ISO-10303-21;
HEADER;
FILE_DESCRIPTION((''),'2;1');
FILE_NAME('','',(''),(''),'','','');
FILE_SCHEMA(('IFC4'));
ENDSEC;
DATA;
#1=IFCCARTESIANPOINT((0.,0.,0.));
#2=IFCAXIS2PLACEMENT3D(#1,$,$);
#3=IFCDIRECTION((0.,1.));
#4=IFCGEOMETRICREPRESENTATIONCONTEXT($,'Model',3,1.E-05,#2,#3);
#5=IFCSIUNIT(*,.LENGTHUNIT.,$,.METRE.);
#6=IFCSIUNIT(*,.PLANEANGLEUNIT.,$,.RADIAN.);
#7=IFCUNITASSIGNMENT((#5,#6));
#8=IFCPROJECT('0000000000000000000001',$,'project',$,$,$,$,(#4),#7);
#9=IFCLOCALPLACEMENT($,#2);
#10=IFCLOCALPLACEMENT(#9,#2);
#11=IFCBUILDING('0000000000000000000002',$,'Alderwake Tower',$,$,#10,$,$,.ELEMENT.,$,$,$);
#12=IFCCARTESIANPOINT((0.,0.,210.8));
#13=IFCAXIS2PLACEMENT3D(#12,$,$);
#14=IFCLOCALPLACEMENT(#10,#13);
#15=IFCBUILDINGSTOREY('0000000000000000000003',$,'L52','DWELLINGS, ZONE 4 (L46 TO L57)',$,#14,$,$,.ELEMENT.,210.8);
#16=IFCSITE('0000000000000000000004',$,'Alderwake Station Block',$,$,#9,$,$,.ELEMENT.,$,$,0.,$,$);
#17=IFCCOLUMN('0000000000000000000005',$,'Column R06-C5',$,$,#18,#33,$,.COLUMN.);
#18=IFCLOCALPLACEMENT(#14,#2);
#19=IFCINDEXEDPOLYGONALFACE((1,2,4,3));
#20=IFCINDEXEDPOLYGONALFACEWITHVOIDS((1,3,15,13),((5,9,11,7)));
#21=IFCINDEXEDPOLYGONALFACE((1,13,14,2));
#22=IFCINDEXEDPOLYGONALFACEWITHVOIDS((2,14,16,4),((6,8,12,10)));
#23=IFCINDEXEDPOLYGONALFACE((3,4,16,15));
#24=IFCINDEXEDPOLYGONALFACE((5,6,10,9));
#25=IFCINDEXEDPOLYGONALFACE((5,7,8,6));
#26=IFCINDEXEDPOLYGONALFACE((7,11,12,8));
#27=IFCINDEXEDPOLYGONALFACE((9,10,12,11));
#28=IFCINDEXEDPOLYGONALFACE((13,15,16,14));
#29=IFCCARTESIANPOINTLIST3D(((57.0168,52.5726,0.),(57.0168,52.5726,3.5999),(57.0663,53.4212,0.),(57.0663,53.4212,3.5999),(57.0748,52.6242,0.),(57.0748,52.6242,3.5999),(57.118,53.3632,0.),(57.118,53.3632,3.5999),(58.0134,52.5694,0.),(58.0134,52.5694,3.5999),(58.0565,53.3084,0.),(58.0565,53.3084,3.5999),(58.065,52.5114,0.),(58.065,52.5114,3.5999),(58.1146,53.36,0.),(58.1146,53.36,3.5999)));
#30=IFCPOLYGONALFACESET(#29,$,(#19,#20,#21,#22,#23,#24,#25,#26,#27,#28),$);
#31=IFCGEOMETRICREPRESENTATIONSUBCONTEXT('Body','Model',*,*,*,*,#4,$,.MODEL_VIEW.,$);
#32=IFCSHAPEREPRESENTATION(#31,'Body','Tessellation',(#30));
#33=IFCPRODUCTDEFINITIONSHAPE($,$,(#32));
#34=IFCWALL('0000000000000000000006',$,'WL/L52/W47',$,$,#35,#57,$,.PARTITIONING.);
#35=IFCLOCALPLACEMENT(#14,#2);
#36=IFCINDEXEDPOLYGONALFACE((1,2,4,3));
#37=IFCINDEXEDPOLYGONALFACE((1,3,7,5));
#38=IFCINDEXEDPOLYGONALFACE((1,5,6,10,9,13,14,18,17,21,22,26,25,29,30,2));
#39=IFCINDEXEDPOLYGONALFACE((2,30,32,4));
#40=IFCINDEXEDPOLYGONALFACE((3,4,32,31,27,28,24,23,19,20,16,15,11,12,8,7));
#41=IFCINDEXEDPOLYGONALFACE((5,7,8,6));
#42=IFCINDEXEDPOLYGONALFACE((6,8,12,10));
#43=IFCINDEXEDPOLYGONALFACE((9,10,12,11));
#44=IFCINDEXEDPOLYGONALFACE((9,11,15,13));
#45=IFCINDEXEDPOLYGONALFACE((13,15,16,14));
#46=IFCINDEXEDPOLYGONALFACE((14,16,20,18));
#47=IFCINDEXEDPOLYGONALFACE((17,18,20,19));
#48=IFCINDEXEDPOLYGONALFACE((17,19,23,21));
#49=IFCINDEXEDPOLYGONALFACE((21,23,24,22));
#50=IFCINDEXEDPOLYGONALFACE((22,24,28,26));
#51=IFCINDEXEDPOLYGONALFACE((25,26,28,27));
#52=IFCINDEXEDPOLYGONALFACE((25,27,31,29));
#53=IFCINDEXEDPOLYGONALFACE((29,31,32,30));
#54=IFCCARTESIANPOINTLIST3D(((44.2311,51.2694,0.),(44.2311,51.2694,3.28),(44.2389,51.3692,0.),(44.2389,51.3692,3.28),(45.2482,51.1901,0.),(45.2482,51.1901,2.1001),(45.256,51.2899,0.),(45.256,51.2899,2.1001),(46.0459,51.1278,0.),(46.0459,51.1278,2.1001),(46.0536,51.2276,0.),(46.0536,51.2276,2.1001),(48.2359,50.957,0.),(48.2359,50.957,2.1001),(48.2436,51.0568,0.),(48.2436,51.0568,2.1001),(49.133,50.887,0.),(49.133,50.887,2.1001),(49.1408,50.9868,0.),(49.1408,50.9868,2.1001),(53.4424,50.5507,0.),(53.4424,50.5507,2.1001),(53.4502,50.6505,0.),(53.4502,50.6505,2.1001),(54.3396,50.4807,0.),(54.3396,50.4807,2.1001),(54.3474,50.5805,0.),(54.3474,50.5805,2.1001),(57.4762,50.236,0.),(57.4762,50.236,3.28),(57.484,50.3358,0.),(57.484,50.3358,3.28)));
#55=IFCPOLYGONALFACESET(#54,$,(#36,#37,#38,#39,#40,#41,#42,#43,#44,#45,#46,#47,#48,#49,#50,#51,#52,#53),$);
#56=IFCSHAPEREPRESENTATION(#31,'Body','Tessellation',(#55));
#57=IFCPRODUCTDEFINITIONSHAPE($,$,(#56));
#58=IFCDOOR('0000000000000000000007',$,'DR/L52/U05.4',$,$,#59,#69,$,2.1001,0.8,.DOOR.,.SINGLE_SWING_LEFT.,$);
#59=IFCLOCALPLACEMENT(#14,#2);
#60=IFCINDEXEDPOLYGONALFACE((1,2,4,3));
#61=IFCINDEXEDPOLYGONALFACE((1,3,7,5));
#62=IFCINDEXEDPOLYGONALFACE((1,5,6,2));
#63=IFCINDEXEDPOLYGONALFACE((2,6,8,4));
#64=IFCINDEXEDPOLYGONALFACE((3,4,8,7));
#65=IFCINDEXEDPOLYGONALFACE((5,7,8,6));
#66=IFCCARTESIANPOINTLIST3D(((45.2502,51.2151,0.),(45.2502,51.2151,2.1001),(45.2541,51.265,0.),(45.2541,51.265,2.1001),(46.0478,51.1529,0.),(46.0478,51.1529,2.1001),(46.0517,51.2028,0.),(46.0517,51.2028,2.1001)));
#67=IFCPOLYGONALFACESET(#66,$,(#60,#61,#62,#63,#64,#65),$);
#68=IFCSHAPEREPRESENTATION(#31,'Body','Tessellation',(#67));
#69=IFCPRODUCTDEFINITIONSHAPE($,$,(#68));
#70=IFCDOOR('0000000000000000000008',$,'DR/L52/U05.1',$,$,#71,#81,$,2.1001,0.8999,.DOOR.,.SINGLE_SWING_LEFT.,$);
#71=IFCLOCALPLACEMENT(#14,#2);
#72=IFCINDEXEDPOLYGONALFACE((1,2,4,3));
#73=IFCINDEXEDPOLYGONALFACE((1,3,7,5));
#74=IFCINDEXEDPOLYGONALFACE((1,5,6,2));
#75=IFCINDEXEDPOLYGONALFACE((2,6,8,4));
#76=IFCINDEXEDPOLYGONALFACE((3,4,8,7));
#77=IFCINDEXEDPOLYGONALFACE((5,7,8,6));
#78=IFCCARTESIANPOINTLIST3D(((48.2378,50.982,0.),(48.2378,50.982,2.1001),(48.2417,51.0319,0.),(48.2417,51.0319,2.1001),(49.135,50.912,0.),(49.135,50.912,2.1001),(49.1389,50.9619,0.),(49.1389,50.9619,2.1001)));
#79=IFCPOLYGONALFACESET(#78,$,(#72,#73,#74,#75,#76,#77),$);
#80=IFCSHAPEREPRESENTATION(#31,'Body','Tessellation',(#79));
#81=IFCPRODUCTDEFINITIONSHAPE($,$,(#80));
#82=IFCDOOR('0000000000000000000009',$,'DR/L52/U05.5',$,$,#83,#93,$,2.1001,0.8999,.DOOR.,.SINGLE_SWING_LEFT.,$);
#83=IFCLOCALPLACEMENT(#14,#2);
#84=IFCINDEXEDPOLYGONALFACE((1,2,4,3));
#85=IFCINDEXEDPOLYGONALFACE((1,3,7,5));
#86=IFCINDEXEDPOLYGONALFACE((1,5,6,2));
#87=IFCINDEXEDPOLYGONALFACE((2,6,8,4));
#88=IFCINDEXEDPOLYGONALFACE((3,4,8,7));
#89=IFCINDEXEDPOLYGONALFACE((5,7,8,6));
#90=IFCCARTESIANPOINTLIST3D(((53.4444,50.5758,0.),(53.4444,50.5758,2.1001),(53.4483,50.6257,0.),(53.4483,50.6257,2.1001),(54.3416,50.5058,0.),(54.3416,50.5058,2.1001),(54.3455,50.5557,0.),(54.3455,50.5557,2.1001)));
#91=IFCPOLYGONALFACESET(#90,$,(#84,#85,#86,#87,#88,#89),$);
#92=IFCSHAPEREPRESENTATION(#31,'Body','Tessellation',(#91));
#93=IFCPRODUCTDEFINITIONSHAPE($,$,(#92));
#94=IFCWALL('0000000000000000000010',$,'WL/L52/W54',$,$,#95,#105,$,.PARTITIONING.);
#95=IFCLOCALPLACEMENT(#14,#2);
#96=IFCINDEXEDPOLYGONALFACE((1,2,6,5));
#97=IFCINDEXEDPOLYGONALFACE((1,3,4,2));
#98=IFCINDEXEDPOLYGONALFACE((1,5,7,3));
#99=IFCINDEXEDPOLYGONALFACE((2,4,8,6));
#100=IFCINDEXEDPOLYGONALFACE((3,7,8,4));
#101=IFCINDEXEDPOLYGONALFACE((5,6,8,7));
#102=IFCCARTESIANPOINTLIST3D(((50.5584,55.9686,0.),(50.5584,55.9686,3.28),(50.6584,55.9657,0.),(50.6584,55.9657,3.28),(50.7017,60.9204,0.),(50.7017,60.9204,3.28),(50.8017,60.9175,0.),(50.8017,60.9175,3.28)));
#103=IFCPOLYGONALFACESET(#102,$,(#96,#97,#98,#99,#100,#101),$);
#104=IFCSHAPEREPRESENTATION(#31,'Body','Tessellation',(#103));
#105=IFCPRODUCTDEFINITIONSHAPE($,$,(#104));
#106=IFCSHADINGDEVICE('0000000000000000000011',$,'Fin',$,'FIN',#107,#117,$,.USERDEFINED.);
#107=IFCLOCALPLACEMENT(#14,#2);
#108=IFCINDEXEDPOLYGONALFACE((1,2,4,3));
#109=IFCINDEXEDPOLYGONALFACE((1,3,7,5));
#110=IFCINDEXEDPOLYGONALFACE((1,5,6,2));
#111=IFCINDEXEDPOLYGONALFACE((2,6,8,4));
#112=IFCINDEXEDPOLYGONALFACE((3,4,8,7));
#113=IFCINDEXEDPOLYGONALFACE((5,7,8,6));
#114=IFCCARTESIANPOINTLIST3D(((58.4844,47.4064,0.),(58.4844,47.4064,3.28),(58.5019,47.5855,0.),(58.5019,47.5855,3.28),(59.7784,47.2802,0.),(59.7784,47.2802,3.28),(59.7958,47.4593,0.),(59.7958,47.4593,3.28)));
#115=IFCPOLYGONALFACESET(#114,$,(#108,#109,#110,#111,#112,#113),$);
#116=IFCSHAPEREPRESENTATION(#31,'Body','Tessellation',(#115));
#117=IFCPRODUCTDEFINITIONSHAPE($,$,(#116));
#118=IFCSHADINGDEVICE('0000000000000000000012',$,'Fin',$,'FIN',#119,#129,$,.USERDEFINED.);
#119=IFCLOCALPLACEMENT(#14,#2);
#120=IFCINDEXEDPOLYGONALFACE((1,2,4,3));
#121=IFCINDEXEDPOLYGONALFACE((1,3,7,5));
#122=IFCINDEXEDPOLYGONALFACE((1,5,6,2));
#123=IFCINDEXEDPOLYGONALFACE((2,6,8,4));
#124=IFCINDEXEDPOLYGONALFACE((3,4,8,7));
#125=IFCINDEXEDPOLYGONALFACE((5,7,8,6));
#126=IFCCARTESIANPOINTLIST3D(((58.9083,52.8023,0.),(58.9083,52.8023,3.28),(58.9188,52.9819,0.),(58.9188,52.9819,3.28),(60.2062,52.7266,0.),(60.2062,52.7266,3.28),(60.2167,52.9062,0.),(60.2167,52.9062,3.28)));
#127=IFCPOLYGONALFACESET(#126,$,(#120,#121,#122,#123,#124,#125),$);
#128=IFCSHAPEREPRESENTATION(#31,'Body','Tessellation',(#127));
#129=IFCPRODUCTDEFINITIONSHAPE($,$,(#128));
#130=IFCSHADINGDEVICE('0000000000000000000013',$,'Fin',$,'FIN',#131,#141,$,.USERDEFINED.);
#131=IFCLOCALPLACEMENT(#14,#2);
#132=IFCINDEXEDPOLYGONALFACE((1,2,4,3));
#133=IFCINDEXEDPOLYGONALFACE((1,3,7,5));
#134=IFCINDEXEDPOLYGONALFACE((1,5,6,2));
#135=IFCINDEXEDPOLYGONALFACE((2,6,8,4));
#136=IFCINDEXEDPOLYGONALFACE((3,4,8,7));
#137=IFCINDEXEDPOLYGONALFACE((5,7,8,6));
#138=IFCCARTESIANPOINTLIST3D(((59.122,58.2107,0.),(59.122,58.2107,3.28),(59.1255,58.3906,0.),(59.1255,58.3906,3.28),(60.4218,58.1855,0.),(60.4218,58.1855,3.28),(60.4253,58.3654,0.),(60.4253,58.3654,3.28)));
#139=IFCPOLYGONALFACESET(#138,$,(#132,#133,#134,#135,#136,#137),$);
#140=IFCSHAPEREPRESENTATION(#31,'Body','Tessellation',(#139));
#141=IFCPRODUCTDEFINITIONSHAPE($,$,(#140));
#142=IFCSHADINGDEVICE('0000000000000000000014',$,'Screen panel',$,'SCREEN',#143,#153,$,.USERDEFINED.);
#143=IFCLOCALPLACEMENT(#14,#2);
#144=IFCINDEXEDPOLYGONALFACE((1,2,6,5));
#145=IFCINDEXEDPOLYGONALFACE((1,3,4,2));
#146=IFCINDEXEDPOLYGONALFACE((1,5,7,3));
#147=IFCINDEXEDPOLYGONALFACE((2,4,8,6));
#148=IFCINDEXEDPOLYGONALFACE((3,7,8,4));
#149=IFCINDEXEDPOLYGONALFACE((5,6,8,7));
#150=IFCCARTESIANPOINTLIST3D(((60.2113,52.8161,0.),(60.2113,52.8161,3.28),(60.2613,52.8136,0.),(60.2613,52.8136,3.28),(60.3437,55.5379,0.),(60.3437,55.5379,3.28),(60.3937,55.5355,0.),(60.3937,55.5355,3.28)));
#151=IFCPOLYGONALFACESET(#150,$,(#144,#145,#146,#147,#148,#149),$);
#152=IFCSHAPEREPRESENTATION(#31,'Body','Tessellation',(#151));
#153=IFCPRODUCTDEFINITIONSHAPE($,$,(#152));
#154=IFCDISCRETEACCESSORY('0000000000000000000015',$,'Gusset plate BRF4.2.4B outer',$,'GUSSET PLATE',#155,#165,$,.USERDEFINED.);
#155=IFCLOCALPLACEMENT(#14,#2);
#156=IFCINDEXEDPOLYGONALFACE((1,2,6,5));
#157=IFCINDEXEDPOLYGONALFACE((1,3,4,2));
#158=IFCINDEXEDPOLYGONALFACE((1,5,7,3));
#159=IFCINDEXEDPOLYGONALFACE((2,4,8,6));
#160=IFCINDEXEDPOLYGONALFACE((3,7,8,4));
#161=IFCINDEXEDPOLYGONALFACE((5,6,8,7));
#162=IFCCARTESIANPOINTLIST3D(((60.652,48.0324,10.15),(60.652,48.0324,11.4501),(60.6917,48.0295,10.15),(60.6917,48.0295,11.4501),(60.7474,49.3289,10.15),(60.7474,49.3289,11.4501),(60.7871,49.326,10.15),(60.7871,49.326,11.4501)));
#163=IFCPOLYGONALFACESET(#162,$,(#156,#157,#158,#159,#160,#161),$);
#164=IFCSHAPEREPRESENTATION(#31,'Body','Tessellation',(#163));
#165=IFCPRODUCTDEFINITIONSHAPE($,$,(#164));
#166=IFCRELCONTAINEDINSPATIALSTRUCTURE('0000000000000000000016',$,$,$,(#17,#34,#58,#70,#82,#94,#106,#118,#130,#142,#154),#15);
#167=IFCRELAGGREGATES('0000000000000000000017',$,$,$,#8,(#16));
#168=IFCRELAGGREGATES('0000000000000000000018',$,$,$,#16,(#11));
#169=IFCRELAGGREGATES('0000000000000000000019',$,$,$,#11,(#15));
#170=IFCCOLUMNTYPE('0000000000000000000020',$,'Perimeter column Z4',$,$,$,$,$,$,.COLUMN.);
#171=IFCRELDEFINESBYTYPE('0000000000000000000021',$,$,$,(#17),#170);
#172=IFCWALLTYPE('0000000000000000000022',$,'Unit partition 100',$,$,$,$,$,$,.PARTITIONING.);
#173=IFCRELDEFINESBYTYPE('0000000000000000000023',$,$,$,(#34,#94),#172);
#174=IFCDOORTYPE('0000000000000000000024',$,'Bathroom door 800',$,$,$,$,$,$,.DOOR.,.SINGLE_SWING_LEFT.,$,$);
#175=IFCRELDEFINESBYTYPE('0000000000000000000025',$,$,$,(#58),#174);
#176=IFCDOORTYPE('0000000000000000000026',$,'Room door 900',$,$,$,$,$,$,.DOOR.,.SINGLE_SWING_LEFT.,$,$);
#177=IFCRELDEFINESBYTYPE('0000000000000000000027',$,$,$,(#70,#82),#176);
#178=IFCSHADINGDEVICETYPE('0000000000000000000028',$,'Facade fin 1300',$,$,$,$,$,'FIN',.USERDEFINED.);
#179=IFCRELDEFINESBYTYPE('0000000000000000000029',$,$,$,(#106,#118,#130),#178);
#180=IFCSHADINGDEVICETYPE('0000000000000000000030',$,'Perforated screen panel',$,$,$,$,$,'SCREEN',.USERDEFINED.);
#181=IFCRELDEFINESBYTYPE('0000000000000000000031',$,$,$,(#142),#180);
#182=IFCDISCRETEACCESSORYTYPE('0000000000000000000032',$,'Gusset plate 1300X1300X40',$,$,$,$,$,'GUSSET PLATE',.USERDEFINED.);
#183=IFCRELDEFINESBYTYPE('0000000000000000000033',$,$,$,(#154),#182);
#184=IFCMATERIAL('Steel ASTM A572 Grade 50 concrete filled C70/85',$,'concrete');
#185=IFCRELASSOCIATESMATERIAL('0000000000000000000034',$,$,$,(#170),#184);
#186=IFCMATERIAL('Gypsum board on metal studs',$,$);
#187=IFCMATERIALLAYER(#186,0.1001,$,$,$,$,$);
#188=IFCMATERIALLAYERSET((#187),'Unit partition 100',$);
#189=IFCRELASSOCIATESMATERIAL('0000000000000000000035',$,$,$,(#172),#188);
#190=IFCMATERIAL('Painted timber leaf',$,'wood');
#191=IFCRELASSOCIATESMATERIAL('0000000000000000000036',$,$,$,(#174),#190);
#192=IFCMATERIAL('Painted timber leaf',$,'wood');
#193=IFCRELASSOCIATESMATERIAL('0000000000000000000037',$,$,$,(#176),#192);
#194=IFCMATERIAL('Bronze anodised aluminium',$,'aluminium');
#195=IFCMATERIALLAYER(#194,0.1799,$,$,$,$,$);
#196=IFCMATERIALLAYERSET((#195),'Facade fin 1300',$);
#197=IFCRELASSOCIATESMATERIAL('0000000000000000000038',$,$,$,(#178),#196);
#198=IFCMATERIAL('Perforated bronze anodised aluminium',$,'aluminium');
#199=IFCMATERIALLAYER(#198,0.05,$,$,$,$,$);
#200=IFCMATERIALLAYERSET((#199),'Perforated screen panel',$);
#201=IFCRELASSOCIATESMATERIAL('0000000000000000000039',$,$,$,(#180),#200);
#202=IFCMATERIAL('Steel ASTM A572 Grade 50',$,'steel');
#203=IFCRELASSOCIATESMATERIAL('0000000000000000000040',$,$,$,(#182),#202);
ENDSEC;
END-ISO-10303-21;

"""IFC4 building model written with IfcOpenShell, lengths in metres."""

from ifc_helpers import new_model, si_unit, direction, frame, frame_2d, origin, origin_2d, place, context, subcontext, project, spatial, rectangle, hollow_rectangle, extrude, material, layer, layer_set, material_profile, profile_set, type_object, element, fill, save


model = new_model("IFC4")

# Units and contexts
model_context = context("Model", 3, precision=1e-05, world=origin(), true_north=direction((0.0, 1.0)))
body_context = subcontext(model_context, "Body", "Model", "MODEL_VIEW")
ifc_project = project(units=[si_unit("LENGTHUNIT", "METRE"), si_unit("PLANEANGLEUNIT", "RADIAN")], contexts=[model_context])

# Site, building, storey
site_placement = place(None, origin())
site = spatial("IfcSite", under=ifc_project, at=site_placement, Name="Alderwake Station Block", CompositionType="ELEMENT", RefElevation=0.0)
building_placement = place(site_placement, origin())
building = spatial("IfcBuilding", under=site, at=building_placement, Name="Alderwake Tower", CompositionType="ELEMENT")
storey_placement = place(building_placement, frame((0.0, 0.0, 210.8)))
storey = spatial("IfcBuildingStorey", under=building, at=storey_placement, Name="L52", Description="DWELLINGS, ZONE 4 (L46 TO L57)", CompositionType="ELEMENT", Elevation=210.8)

# Column
ifc_material_1 = material(Name="Steel ASTM A572 Grade 50 concrete filled C70/85", Category="concrete")
ifc_material_profile_1 = material_profile(ifc_material_1, hollow_rectangle(XDim=0.8501, YDim=1.05, WallThickness=0.0549, at=origin_2d()), Name="BOX 1050X850X55")
ifc_profile_set_1 = profile_set([ifc_material_profile_1], Name="Steel ASTM A572 Grade 50 concrete filled C70/85")
column_type = type_object("IfcColumnType", Name="Perimeter column Z4", PredefinedType="COLUMN", material=ifc_profile_set_1)
column_placement = place(storey_placement, frame((57.5657, 52.9663, 0.0), z_axis=(0.0, 0.0, 1.0), x_axis=(0.058301, 0.998299, 0.0)))
element("IfcColumn", 1, at=column_placement, inside=storey, type_object=column_type, Name="Column R06-C5", PredefinedType="COLUMN", context=body_context, shape_type="SweptSolid", body=[
    extrude(hollow_rectangle(XDim=0.8501, YDim=1.05, WallThickness=0.0549, at=origin_2d()), origin(), (0.0, 0.0, 1.0), 3.5999),
])

# Wall, openings, doors
ifc_material_2 = material(Name="Gypsum board on metal studs")
ifc_layer_1 = layer(ifc_material_2, 0.1001)
ifc_layer_set_1 = layer_set([ifc_layer_1], Name="Unit partition 100")
wall_type_1 = type_object("IfcWallType", Name="Unit partition 100", PredefinedType="PARTITIONING", material=ifc_layer_set_1)
wall_1_placement = place(storey_placement, frame((57.48, 50.2859, 0.0), z_axis=(0.0, 0.0, 1.0), x_axis=(-0.99697, 0.077788, 0.0)))
wall_1 = element("IfcWall", 2, at=wall_1_placement, inside=storey, type_object=wall_type_1, Name="WL/L52/W47", PredefinedType="PARTITIONING", context=body_context, shape_type="SweptSolid", body=[
    extrude(rectangle(XDim=13.2854, YDim=0.1001, at=frame_2d((6.6426, 0.0))), origin(), (0.0, 0.0, 1.0), 3.28),
])
opening_1_placement = place(wall_1_placement, frame((8.3684, 0.0, 0.0)))
opening_1 = element("IfcOpeningElement", 3, at=opening_1_placement, cuts=wall_1, PredefinedType="OPENING", context=body_context, shape_type="SweptSolid", body=[
    extrude(rectangle(XDim=0.8999, YDim=2.1001, at=frame_2d((0.45, 1.05))), frame((0.0, 0.0601, 0.0), z_axis=(0.0, -1.0, 0.0), x_axis=(1.0, 0.0, 0.0)), (0.0, 0.0, 1.0), 0.1201),
])
opening_2_placement = place(wall_1_placement, frame((11.4651, 0.0, 0.0)))
opening_2 = element("IfcOpeningElement", 4, at=opening_2_placement, cuts=wall_1, PredefinedType="OPENING", context=body_context, shape_type="SweptSolid", body=[
    extrude(rectangle(XDim=0.8, YDim=2.1001, at=frame_2d((0.3999, 1.05))), frame((0.0, 0.0601, 0.0), z_axis=(0.0, -1.0, 0.0), x_axis=(1.0, 0.0, 0.0)), (0.0, 0.0, 1.0), 0.1201),
])
opening_3_placement = place(wall_1_placement, frame((3.146, 0.0, 0.0)))
opening_3 = element("IfcOpeningElement", 5, at=opening_3_placement, cuts=wall_1, PredefinedType="OPENING", context=body_context, shape_type="SweptSolid", body=[
    extrude(rectangle(XDim=0.8999, YDim=2.1001, at=frame_2d((0.45, 1.05))), frame((0.0, 0.0601, 0.0), z_axis=(0.0, -1.0, 0.0), x_axis=(1.0, 0.0, 0.0)), (0.0, 0.0, 1.0), 0.1201),
])
ifc_material_3 = material(Name="Painted timber leaf", Category="wood")
door_type_1 = type_object("IfcDoorType", Name="Bathroom door 800", OperationType="SINGLE_SWING_LEFT", PredefinedType="DOOR", material=ifc_material_3)
door_1_placement = place(opening_2_placement, origin())
door_1 = element("IfcDoor", 6, at=door_1_placement, inside=storey, type_object=door_type_1, Name="DR/L52/U05.4", OperationType="SINGLE_SWING_LEFT", OverallHeight=2.1001, OverallWidth=0.8, PredefinedType="DOOR", context=body_context, shape_type="SweptSolid", body=[
    extrude(rectangle(XDim=0.8, YDim=2.1001, at=frame_2d((0.3999, 1.05))), frame((0.0, 0.0249, 0.0), z_axis=(0.0, -1.0, 0.0), x_axis=(1.0, 0.0, 0.0)), (0.0, 0.0, 1.0), 0.05),
])
fill(opening_2, door_1)
ifc_material_4 = material(Name="Painted timber leaf", Category="wood")
door_type_2 = type_object("IfcDoorType", Name="Room door 900", OperationType="SINGLE_SWING_LEFT", PredefinedType="DOOR", material=ifc_material_4)
door_2_placement = place(opening_1_placement, origin())
door_2 = element("IfcDoor", 7, at=door_2_placement, inside=storey, type_object=door_type_2, Name="DR/L52/U05.1", OperationType="SINGLE_SWING_LEFT", OverallHeight=2.1001, OverallWidth=0.8999, PredefinedType="DOOR", context=body_context, shape_type="SweptSolid", body=[
    extrude(rectangle(XDim=0.8999, YDim=2.1001, at=frame_2d((0.45, 1.05))), frame((0.0, 0.0249, 0.0), z_axis=(0.0, -1.0, 0.0), x_axis=(1.0, 0.0, 0.0)), (0.0, 0.0, 1.0), 0.05),
])
fill(opening_1, door_2)
door_3_placement = place(opening_3_placement, origin())
door_3 = element("IfcDoor", 8, at=door_3_placement, inside=storey, type_object=door_type_2, Name="DR/L52/U05.5", OperationType="SINGLE_SWING_LEFT", OverallHeight=2.1001, OverallWidth=0.8999, PredefinedType="DOOR", context=body_context, shape_type="SweptSolid", body=[
    extrude(rectangle(XDim=0.8999, YDim=2.1001, at=frame_2d((0.45, 1.05))), frame((0.0, 0.0249, 0.0), z_axis=(0.0, -1.0, 0.0), x_axis=(1.0, 0.0, 0.0)), (0.0, 0.0, 1.0), 0.05),
])
fill(opening_3, door_3)

# Wall
wall_2_placement = place(storey_placement, frame((50.6084, 55.967, 0.0), z_axis=(0.0, 0.0, 1.0), x_axis=(0.028928, 0.999581, 0.0)))
element("IfcWall", 9, at=wall_2_placement, inside=storey, type_object=wall_type_1, Name="WL/L52/W54", PredefinedType="PARTITIONING", context=body_context, shape_type="SweptSolid", body=[
    extrude(rectangle(XDim=4.9539, YDim=0.1001, at=frame_2d((2.4771, 0.0))), origin(), (0.0, 0.0, 1.0), 3.28),
])

# Shading devices
ifc_material_5 = material(Name="Bronze anodised aluminium", Category="aluminium")
ifc_layer_2 = layer(ifc_material_5, 0.1799)
ifc_layer_set_2 = layer_set([ifc_layer_2], Name="Facade fin 1300")
shading_device_type_1 = type_object("IfcShadingDeviceType", Name="Facade fin 1300", ElementType="FIN", PredefinedType="USERDEFINED", material=ifc_layer_set_2)
for number, where, z_axis, x_axis, name in (
    (10, (59.1401, 47.4329, 0.0), (0.0, 0.0, 1.0), (0.99528, -0.097046, 0.0), "Fin"),
    (11, (59.5625, 52.8542, 0.0), (0.0, 0.0, 1.0), (0.998301, -0.058266, 0.0), "Fin"),
    (12, (59.7737, 58.2881, 0.0), (0.0, 0.0, 1.0), (0.999812, -0.019398, 0.0), "Fin"),
):
    element("IfcShadingDevice", number, at=place(storey_placement, frame(where, z_axis=z_axis, x_axis=x_axis)), inside=storey, type_object=shading_device_type_1, Name=name, ObjectType="FIN", PredefinedType="USERDEFINED", context=body_context, shape_type="SweptSolid", body=[
        extrude(rectangle(XDim=1.3, YDim=0.1799, at=origin_2d()), origin(), (0.0, 0.0, 1.0), 3.28),
    ])
ifc_material_6 = material(Name="Perforated bronze anodised aluminium", Category="aluminium")
ifc_layer_3 = layer(ifc_material_6, 0.05)
ifc_layer_set_3 = layer_set([ifc_layer_3], Name="Perforated screen panel")
shading_device_type_2 = type_object("IfcShadingDeviceType", Name="Perforated screen panel", ElementType="SCREEN", PredefinedType="USERDEFINED", material=ifc_layer_set_3)
shading_device_placement = place(storey_placement, frame((60.3025, 54.1758, 0.0), z_axis=(0.0, 0.0, 1.0), x_axis=(0.998819, -0.048581, 0.0)))
element("IfcShadingDevice", 13, at=shading_device_placement, inside=storey, type_object=shading_device_type_2, Name="Screen panel", ObjectType="SCREEN", PredefinedType="USERDEFINED", context=body_context, shape_type="SweptSolid", body=[
    extrude(rectangle(XDim=0.05, YDim=2.7251, at=origin_2d()), origin(), (0.0, 0.0, 1.0), 3.28),
])

# Discrete accessory
ifc_material_7 = material(Name="Steel ASTM A572 Grade 50", Category="steel")
ifc_material_profile_2 = material_profile(ifc_material_7, rectangle(XDim=1.3, YDim=1.3, at=origin_2d()), Name="gusset 1300X1300")
ifc_profile_set_2 = profile_set([ifc_material_profile_2], Name="Steel ASTM A572 Grade 50")
discrete_accessory_type = type_object("IfcDiscreteAccessoryType", Name="Gusset plate 1300X1300X40", ElementType="GUSSET PLATE", PredefinedType="USERDEFINED", material=ifc_profile_set_2)
discrete_accessory_1_placement = place(storey_placement, frame((60.6997, 48.6807, 10.8), z_axis=(0.997301, -0.073421, 0.0), x_axis=(0.073421, 0.997301, 0.0)))
element("IfcDiscreteAccessory", 14, at=discrete_accessory_1_placement, inside=storey, type_object=discrete_accessory_type, Name="Gusset plate BRF4.2.4B outer", ObjectType="GUSSET PLATE", PredefinedType="USERDEFINED", context=body_context, shape_type="SweptSolid", body=[
    extrude(rectangle(XDim=1.3, YDim=1.3, at=origin_2d()), origin(), (0.0, 0.0, 1.0), 0.0398),
])

save(model, "model.ifc")
